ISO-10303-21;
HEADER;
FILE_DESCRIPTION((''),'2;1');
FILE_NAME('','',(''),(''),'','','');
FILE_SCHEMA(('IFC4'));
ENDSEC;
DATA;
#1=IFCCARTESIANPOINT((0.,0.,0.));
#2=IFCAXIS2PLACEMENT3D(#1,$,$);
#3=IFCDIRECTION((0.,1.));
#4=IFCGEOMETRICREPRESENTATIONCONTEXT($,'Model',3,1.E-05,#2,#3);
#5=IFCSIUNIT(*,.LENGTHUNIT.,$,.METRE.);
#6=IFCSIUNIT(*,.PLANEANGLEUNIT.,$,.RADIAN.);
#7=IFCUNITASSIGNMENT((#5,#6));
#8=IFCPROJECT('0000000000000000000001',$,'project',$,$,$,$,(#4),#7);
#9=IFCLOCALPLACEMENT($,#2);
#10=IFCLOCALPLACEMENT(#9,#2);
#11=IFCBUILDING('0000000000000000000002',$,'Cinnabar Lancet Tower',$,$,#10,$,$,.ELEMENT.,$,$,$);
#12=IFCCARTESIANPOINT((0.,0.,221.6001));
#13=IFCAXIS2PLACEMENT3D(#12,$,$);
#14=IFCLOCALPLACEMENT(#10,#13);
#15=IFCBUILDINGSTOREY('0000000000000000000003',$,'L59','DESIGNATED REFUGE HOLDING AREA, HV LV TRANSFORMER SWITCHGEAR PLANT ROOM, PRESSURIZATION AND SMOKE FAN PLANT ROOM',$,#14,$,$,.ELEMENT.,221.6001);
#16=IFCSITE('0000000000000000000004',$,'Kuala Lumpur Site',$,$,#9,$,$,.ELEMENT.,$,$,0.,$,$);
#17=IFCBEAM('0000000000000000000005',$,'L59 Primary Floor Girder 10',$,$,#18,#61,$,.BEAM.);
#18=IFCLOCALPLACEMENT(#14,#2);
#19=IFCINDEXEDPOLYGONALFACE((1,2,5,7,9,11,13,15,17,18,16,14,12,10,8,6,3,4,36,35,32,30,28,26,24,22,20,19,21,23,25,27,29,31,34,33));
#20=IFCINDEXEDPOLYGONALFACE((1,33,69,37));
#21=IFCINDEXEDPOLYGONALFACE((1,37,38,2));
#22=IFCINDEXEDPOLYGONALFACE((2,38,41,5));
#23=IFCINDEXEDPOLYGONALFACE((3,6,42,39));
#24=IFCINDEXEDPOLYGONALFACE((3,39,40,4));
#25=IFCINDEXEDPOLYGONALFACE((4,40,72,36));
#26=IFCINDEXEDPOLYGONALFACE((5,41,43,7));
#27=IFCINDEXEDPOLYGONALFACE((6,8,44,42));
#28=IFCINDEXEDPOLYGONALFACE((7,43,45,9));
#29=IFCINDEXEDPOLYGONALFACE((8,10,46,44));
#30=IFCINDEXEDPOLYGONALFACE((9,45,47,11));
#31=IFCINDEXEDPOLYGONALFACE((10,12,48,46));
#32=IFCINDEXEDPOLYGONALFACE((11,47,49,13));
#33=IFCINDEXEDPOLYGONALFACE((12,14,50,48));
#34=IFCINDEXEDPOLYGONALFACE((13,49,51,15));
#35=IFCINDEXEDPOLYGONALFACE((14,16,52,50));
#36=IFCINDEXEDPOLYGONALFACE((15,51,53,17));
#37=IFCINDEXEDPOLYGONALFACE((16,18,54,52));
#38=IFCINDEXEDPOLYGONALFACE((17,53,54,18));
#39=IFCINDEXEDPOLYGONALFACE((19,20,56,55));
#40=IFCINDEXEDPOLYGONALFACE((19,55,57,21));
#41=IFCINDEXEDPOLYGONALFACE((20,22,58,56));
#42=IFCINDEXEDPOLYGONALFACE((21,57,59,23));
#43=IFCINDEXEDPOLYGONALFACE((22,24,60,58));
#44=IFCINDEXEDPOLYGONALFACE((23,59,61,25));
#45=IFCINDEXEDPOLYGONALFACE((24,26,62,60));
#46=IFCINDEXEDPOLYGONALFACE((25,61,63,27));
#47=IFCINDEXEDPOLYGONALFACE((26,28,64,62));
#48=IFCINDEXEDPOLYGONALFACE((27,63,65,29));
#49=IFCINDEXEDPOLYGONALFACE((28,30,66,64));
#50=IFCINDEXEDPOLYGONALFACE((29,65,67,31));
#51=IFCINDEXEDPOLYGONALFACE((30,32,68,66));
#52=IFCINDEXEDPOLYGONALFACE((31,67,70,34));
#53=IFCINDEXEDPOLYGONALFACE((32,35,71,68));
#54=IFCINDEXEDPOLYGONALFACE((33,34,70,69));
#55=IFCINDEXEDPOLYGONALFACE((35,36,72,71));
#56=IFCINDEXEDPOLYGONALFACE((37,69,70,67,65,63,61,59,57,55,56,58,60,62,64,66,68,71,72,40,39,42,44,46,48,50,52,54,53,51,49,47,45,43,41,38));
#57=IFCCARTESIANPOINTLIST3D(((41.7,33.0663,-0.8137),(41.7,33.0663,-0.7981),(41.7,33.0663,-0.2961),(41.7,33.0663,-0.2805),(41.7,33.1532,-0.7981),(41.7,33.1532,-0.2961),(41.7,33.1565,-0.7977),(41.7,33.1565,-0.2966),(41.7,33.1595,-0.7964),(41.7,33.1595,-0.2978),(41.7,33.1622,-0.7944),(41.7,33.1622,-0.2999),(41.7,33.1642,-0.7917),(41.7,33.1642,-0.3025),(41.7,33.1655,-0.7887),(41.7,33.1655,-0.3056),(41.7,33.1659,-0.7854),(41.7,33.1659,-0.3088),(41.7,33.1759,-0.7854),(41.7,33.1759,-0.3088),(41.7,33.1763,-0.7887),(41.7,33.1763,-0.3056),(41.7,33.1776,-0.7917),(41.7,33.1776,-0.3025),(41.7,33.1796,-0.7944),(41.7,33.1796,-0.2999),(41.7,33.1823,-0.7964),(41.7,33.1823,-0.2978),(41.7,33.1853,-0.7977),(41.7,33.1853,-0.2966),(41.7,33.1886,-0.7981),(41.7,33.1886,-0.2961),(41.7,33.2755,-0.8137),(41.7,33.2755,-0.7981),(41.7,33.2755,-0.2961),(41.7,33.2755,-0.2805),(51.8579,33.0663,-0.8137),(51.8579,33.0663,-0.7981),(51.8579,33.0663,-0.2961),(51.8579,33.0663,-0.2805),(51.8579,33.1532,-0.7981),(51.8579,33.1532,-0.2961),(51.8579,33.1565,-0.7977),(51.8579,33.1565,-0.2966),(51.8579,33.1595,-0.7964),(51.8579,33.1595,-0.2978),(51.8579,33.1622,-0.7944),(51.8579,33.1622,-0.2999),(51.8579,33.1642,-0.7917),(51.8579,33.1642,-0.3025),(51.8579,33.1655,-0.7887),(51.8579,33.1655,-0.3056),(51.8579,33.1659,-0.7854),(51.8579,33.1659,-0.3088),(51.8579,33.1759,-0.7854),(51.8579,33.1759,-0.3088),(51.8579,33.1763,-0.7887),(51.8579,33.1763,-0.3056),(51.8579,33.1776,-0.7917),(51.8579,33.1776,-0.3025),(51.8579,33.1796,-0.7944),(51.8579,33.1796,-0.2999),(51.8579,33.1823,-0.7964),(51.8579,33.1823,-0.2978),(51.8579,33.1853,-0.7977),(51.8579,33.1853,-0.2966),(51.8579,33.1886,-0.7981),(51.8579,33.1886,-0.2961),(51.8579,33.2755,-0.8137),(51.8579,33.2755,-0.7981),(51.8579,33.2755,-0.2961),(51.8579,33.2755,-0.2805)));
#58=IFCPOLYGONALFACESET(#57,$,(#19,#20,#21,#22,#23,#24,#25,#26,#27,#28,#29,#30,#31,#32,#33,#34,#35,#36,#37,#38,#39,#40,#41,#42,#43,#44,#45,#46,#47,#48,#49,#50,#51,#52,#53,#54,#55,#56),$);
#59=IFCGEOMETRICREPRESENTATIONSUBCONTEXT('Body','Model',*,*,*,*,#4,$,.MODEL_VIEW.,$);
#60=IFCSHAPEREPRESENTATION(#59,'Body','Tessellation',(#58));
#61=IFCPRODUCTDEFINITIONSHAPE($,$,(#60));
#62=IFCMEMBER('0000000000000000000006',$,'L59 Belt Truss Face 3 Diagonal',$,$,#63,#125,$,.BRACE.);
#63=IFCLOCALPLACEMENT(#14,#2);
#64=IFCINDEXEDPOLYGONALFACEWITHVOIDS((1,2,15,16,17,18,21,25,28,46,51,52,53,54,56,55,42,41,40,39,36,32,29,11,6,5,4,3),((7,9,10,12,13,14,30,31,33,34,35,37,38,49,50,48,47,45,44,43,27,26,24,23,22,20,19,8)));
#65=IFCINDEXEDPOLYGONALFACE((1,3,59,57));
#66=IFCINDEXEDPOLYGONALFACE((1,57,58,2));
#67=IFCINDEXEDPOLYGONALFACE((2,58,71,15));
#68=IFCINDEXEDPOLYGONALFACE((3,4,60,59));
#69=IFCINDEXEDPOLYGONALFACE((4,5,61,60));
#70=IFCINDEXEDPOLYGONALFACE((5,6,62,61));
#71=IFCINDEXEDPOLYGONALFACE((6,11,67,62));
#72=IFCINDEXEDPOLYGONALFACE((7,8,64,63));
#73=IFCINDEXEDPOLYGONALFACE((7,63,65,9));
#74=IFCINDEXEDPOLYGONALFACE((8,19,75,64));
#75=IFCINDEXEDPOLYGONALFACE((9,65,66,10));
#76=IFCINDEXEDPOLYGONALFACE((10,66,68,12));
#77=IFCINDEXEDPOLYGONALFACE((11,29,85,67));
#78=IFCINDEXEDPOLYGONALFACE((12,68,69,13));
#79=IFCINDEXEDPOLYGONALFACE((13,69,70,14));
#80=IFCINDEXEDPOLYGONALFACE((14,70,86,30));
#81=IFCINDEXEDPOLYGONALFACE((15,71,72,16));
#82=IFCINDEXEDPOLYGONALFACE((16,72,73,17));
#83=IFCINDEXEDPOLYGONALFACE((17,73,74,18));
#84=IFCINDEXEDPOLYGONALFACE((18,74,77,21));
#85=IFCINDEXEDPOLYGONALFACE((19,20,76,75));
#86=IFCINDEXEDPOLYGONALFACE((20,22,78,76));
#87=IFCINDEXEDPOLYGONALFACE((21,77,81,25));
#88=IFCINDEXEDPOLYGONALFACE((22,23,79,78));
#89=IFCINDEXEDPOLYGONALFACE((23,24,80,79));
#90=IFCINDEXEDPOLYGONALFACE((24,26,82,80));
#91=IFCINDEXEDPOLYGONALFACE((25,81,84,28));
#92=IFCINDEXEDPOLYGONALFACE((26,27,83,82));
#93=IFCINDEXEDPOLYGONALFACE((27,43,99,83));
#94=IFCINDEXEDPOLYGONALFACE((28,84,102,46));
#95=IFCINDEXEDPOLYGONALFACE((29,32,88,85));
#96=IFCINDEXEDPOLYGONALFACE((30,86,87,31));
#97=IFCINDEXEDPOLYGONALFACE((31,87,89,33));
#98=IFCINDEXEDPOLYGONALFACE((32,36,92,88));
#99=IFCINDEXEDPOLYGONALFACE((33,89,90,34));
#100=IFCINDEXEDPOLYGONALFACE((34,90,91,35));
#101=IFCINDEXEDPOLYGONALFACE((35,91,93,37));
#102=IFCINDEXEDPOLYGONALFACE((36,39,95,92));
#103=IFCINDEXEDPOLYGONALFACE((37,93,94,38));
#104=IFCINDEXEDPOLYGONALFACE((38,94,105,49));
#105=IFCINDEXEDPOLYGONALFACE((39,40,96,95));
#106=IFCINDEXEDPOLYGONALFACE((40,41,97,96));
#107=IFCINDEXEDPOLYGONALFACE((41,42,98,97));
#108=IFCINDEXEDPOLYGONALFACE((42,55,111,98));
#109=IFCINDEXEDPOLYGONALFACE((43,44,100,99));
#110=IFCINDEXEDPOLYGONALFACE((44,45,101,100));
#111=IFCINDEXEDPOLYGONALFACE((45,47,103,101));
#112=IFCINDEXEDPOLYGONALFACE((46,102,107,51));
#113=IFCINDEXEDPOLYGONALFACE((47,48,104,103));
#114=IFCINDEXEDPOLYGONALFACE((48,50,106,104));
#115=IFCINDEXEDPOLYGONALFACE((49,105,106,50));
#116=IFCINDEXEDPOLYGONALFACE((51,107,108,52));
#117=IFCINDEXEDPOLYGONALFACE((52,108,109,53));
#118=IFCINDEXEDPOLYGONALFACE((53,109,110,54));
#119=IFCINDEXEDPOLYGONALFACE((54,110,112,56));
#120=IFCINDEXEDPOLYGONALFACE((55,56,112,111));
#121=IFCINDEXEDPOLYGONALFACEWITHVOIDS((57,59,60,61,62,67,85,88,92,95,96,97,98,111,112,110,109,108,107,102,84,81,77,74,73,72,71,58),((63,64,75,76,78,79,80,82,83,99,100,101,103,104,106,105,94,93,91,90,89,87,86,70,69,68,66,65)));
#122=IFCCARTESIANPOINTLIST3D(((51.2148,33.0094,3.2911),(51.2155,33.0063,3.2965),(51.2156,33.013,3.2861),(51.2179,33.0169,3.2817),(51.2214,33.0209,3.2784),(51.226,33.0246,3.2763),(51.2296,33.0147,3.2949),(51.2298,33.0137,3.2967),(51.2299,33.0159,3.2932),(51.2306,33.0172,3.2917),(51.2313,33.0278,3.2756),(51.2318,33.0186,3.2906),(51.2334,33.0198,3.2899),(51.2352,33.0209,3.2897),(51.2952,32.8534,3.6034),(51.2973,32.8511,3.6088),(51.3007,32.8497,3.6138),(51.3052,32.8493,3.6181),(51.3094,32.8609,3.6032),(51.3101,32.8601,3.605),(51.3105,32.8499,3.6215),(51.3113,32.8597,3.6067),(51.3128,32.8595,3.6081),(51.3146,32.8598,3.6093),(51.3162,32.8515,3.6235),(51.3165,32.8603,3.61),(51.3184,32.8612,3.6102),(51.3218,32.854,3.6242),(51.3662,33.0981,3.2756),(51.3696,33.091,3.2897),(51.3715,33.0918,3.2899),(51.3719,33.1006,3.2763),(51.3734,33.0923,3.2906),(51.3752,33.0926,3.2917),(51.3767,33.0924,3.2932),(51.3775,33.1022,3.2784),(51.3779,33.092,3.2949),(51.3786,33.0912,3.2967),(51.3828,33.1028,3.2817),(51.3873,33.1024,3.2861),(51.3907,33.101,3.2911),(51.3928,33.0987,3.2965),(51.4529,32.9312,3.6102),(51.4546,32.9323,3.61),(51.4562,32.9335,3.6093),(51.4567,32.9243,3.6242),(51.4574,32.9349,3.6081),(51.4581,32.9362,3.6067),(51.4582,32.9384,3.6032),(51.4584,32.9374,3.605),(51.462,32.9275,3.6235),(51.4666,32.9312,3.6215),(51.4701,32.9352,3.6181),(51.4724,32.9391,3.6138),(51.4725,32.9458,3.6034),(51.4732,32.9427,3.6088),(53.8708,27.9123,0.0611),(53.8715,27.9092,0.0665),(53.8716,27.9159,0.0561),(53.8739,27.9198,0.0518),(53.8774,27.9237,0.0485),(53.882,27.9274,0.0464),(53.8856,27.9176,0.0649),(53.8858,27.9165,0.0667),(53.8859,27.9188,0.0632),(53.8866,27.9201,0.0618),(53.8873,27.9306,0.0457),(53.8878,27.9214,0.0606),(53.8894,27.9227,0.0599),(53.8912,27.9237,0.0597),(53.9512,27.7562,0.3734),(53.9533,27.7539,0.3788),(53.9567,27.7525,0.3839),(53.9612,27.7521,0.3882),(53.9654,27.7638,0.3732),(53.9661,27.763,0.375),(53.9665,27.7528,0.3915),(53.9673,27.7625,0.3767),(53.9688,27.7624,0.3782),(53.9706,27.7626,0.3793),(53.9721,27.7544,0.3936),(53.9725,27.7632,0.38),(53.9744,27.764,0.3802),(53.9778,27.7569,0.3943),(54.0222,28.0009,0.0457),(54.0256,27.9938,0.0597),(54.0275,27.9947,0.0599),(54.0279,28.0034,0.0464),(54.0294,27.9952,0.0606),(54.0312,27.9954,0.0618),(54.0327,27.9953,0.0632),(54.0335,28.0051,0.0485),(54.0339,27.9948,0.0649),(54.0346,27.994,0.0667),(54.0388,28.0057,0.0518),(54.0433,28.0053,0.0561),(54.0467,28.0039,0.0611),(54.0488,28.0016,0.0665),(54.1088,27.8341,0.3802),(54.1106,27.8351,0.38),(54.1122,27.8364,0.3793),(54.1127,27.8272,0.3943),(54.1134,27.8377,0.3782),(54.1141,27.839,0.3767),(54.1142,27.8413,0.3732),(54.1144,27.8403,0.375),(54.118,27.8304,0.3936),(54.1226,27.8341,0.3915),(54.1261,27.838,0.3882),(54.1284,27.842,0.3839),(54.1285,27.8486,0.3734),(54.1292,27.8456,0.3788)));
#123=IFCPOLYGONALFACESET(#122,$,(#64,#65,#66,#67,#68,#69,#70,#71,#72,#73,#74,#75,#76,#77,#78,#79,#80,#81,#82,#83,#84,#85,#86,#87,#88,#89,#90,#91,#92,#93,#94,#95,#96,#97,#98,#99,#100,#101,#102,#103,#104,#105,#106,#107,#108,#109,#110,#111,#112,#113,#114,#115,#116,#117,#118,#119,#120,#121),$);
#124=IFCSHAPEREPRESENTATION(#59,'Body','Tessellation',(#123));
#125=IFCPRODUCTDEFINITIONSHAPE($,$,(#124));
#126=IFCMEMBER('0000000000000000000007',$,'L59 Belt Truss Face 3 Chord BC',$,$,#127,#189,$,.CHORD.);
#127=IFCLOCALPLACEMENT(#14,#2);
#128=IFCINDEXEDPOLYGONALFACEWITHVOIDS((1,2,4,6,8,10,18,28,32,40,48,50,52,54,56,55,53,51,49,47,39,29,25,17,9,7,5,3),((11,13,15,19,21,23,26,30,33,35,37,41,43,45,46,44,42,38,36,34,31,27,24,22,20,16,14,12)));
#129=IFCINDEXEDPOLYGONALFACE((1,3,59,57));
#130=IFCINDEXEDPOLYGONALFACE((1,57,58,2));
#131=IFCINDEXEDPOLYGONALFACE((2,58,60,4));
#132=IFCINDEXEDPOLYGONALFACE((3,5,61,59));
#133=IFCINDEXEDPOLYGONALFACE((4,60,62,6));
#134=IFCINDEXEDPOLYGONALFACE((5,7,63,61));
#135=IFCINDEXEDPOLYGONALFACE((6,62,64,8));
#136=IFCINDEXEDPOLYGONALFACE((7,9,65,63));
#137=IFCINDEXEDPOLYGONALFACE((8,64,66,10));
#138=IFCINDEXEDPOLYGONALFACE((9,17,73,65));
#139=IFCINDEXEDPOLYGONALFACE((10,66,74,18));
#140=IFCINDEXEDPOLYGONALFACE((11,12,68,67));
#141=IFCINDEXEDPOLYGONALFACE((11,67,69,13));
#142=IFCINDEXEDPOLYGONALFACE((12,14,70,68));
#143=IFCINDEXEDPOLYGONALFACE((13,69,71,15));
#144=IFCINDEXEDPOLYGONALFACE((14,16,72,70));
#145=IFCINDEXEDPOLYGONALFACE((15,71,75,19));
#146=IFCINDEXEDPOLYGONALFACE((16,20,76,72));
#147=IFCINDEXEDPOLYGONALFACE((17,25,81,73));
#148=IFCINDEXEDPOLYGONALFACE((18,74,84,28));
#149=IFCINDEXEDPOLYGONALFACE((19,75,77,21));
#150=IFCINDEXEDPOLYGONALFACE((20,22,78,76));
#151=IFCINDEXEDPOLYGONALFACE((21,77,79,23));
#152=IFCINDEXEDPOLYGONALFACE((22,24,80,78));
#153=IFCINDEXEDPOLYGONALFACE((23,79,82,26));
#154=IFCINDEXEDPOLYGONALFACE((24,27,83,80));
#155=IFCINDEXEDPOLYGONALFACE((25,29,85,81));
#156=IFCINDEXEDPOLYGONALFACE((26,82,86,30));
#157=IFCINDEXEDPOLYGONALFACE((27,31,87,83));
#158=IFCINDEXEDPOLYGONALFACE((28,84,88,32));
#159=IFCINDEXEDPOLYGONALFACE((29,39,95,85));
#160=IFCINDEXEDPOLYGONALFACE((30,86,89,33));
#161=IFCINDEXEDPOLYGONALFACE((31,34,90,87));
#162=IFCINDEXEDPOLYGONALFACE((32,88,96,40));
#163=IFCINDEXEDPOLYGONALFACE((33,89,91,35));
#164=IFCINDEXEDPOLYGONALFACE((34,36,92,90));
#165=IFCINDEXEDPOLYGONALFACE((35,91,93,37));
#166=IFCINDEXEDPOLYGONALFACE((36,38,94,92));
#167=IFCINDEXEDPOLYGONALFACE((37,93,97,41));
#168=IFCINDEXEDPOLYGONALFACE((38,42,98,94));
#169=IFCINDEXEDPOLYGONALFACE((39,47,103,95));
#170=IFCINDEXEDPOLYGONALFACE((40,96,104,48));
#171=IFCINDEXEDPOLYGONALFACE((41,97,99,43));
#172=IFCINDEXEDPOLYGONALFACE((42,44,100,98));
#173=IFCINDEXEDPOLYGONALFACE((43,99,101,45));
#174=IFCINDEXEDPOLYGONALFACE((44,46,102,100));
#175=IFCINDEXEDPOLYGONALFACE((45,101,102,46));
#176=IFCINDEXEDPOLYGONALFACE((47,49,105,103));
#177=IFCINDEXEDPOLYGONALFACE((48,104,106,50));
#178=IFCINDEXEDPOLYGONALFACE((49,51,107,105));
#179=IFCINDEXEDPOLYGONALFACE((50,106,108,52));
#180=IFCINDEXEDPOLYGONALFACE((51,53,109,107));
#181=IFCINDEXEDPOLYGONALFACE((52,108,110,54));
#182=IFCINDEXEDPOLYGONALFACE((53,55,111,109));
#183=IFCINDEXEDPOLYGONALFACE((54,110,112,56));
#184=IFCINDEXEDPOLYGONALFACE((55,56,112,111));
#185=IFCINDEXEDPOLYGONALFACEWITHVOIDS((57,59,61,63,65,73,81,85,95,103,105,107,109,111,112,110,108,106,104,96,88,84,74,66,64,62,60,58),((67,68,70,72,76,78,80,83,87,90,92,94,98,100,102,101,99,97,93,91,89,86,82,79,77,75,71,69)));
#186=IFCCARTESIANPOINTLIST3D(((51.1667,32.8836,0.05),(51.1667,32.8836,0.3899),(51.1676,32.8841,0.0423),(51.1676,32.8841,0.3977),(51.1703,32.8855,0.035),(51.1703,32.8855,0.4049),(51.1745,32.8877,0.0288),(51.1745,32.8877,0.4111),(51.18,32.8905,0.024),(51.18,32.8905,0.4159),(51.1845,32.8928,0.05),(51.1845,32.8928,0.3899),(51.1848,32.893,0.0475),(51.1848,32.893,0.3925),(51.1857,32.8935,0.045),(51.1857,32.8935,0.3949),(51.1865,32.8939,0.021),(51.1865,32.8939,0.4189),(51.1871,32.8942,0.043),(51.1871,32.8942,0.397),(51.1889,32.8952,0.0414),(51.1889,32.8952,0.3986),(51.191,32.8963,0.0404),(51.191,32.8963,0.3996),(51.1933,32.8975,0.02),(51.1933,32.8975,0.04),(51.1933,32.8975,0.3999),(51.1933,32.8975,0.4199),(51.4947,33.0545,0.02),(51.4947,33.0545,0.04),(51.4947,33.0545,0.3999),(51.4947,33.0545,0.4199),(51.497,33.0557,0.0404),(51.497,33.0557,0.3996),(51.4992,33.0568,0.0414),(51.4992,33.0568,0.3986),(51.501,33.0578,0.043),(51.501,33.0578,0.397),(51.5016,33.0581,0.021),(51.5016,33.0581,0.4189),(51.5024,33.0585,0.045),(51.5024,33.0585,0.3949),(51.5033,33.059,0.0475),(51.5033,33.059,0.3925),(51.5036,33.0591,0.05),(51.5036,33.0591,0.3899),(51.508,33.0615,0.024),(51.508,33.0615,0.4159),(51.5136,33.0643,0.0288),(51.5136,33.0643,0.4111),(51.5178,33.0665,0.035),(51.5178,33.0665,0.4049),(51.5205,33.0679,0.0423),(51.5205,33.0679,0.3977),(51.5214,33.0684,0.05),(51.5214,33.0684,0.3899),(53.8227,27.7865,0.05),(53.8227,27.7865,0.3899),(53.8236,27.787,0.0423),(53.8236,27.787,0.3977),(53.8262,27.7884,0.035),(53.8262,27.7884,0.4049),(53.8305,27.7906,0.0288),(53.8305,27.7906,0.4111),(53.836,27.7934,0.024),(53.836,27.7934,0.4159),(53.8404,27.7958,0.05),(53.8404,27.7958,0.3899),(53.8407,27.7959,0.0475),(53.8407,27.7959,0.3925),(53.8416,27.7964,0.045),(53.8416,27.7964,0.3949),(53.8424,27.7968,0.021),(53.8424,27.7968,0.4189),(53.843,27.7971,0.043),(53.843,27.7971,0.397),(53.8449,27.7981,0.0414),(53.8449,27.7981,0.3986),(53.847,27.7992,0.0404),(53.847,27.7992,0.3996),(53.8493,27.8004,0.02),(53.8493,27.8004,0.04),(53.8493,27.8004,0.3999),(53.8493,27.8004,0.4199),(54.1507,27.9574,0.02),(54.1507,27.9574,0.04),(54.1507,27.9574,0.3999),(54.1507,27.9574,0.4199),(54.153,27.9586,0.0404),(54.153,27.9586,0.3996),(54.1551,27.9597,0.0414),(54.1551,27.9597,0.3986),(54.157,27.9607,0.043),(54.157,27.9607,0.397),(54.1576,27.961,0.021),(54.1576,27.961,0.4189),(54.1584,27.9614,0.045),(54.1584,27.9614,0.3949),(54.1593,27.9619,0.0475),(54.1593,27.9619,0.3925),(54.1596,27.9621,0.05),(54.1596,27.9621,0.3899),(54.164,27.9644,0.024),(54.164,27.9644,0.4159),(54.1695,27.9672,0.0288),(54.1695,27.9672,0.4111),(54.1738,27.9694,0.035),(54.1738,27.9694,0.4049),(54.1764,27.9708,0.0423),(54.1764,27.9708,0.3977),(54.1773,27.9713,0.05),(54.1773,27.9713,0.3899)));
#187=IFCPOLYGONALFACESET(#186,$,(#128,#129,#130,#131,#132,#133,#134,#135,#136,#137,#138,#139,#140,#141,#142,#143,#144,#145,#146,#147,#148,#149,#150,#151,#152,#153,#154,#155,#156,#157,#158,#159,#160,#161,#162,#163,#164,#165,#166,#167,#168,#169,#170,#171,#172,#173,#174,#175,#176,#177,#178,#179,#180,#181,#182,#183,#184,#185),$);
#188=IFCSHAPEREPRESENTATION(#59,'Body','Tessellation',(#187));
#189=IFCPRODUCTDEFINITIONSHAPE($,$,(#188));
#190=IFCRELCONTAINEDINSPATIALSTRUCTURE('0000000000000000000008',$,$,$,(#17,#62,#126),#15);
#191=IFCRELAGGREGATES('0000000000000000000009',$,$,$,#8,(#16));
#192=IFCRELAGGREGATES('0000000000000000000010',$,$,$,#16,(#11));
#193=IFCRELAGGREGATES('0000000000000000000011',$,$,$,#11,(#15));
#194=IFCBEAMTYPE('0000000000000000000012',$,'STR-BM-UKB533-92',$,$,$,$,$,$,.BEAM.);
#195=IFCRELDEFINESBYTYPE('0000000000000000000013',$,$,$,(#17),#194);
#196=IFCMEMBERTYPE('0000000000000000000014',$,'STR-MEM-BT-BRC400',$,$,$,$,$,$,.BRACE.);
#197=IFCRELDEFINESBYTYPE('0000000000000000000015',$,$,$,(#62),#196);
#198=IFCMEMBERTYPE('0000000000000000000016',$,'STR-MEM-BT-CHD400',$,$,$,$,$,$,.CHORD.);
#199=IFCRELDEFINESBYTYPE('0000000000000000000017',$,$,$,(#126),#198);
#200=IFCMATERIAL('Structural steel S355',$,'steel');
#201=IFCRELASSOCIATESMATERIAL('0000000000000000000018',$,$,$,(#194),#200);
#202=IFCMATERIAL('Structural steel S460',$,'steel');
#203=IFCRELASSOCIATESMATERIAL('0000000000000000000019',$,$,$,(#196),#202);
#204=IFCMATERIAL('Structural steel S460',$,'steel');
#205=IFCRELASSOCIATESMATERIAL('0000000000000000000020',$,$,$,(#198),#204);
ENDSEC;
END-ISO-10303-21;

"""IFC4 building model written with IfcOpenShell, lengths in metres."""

from ifc_helpers import new_model, si_unit, direction, frame, origin, origin_2d, place, context, subcontext, project, spatial, hollow_rectangle, i_section, extrude, material, material_profile, profile_set, type_object, element, save


model = new_model("IFC4")

# Units and contexts
model_context = context("Model", 3, precision=1e-05, world=origin(), true_north=direction((0.0, 1.0)))
body_context = subcontext(model_context, "Body", "Model", "MODEL_VIEW")
ifc_project = project(units=[si_unit("LENGTHUNIT", "METRE"), si_unit("PLANEANGLEUNIT", "RADIAN")], contexts=[model_context])

# Site, building, storey
site_placement = place(None, origin())
site = spatial("IfcSite", under=ifc_project, at=site_placement, Name="Kuala Lumpur Site", CompositionType="ELEMENT", RefElevation=0.0)
building_placement = place(site_placement, origin())
building = spatial("IfcBuilding", under=site, at=building_placement, Name="Cinnabar Lancet Tower", CompositionType="ELEMENT")
storey_placement = place(building_placement, frame((0.0, 0.0, 221.6001)))
storey = spatial("IfcBuildingStorey", under=building, at=storey_placement, Name="L59", Description="DESIGNATED REFUGE HOLDING AREA, HV LV TRANSFORMER SWITCHGEAR PLANT ROOM, PRESSURIZATION AND SMOKE FAN PLANT ROOM", CompositionType="ELEMENT", Elevation=221.6001)

# Beam
ifc_material_1 = material(Name="Structural steel S355", Category="steel")
ifc_material_profile_1 = material_profile(ifc_material_1, i_section(OverallWidth=0.2092, OverallDepth=0.5332, WebThickness=0.01, FlangeThickness=0.0156, FilletRadius=0.0127, at=origin_2d()), Name="UKB 533x210x92")
ifc_profile_set_1 = profile_set([ifc_material_profile_1], Name="Structural steel S355")
beam_type_1 = type_object("IfcBeamType", Name="STR-BM-UKB533-92", PredefinedType="BEAM", material=ifc_profile_set_1)
beam_1_placement = place(storey_placement, frame((51.8579, 33.1709, -0.5471), z_axis=(-1.0, 0.0, 0.0), x_axis=(0.0, -1.0, 0.0)))
element("IfcBeam", 1, at=beam_1_placement, inside=storey, type_object=beam_type_1, Name="L59 Primary Floor Girder 10", PredefinedType="BEAM", context=body_context, shape_type="SweptSolid", body=[
    extrude(i_section(OverallWidth=0.2092, OverallDepth=0.5332, WebThickness=0.01, FlangeThickness=0.0156, FilletRadius=0.0127, at=origin_2d()), origin(), (0.0, 0.0, 1.0), 10.158),
])

# Members
ifc_material_2 = material(Name="Structural steel S460", Category="steel")
ifc_material_profile_2 = material_profile(ifc_material_2, hollow_rectangle(XDim=0.2, YDim=0.3999, WallThickness=0.0161, InnerFilletRadius=0.0081, OuterFilletRadius=0.0239, at=origin_2d()), Name="RHS 400x200x16")
ifc_profile_set_2 = profile_set([ifc_material_profile_2], Name="Structural steel S460")
member_type_1 = type_object("IfcMemberType", Name="STR-MEM-BT-BRC400", PredefinedType="BRACE", material=ifc_profile_set_2)
member_placement = place(storey_placement, frame((54.0, 27.8789, 0.22), z_axis=(-0.40285, 0.773113, 0.489907), x_axis=(-0.886826, -0.462103, 0.0)))
element("IfcMember", 2, at=member_placement, inside=storey, type_object=member_type_1, Name="L59 Belt Truss Face 3 Diagonal", PredefinedType="BRACE", context=body_context, shape_type="SweptSolid", body=[
    extrude(hollow_rectangle(XDim=0.2, YDim=0.3999, WallThickness=0.0161, InnerFilletRadius=0.0081, OuterFilletRadius=0.0239, at=origin_2d()), origin(), (0.0, 0.0, 1.0), 6.593),
])
ifc_material_3 = material(Name="Structural steel S460", Category="steel")
ifc_material_profile_3 = material_profile(ifc_material_3, hollow_rectangle(XDim=0.3999, YDim=0.3999, WallThickness=0.02, InnerFilletRadius=0.01, OuterFilletRadius=0.03, at=origin_2d()), Name="SHS 400x400x20")
ifc_profile_set_3 = profile_set([ifc_material_profile_3], Name="Structural steel S460")
member_type_2 = type_object("IfcMemberType", Name="STR-MEM-BT-CHD400", PredefinedType="CHORD", material=ifc_profile_set_3)
for number, where, z_axis, x_axis, name in (
    (3, (54.0, 27.8789, 0.22), (-0.462103, 0.886826, 0.0), (-0.886826, -0.462103, 0.0), "L59 Belt Truss Face 3 Chord BC"),
):
    element("IfcMember", number, at=place(storey_placement, frame(where, z_axis=z_axis, x_axis=x_axis)), inside=storey, type_object=member_type_2, Name=name, PredefinedType="CHORD", context=body_context, shape_type="SweptSolid", body=[
        extrude(hollow_rectangle(XDim=0.3999, YDim=0.3999, WallThickness=0.02, InnerFilletRadius=0.01, OuterFilletRadius=0.03, at=origin_2d()), origin(), (0.0, 0.0, 1.0), 5.7476),
    ])

save(model, "model.ifc")
